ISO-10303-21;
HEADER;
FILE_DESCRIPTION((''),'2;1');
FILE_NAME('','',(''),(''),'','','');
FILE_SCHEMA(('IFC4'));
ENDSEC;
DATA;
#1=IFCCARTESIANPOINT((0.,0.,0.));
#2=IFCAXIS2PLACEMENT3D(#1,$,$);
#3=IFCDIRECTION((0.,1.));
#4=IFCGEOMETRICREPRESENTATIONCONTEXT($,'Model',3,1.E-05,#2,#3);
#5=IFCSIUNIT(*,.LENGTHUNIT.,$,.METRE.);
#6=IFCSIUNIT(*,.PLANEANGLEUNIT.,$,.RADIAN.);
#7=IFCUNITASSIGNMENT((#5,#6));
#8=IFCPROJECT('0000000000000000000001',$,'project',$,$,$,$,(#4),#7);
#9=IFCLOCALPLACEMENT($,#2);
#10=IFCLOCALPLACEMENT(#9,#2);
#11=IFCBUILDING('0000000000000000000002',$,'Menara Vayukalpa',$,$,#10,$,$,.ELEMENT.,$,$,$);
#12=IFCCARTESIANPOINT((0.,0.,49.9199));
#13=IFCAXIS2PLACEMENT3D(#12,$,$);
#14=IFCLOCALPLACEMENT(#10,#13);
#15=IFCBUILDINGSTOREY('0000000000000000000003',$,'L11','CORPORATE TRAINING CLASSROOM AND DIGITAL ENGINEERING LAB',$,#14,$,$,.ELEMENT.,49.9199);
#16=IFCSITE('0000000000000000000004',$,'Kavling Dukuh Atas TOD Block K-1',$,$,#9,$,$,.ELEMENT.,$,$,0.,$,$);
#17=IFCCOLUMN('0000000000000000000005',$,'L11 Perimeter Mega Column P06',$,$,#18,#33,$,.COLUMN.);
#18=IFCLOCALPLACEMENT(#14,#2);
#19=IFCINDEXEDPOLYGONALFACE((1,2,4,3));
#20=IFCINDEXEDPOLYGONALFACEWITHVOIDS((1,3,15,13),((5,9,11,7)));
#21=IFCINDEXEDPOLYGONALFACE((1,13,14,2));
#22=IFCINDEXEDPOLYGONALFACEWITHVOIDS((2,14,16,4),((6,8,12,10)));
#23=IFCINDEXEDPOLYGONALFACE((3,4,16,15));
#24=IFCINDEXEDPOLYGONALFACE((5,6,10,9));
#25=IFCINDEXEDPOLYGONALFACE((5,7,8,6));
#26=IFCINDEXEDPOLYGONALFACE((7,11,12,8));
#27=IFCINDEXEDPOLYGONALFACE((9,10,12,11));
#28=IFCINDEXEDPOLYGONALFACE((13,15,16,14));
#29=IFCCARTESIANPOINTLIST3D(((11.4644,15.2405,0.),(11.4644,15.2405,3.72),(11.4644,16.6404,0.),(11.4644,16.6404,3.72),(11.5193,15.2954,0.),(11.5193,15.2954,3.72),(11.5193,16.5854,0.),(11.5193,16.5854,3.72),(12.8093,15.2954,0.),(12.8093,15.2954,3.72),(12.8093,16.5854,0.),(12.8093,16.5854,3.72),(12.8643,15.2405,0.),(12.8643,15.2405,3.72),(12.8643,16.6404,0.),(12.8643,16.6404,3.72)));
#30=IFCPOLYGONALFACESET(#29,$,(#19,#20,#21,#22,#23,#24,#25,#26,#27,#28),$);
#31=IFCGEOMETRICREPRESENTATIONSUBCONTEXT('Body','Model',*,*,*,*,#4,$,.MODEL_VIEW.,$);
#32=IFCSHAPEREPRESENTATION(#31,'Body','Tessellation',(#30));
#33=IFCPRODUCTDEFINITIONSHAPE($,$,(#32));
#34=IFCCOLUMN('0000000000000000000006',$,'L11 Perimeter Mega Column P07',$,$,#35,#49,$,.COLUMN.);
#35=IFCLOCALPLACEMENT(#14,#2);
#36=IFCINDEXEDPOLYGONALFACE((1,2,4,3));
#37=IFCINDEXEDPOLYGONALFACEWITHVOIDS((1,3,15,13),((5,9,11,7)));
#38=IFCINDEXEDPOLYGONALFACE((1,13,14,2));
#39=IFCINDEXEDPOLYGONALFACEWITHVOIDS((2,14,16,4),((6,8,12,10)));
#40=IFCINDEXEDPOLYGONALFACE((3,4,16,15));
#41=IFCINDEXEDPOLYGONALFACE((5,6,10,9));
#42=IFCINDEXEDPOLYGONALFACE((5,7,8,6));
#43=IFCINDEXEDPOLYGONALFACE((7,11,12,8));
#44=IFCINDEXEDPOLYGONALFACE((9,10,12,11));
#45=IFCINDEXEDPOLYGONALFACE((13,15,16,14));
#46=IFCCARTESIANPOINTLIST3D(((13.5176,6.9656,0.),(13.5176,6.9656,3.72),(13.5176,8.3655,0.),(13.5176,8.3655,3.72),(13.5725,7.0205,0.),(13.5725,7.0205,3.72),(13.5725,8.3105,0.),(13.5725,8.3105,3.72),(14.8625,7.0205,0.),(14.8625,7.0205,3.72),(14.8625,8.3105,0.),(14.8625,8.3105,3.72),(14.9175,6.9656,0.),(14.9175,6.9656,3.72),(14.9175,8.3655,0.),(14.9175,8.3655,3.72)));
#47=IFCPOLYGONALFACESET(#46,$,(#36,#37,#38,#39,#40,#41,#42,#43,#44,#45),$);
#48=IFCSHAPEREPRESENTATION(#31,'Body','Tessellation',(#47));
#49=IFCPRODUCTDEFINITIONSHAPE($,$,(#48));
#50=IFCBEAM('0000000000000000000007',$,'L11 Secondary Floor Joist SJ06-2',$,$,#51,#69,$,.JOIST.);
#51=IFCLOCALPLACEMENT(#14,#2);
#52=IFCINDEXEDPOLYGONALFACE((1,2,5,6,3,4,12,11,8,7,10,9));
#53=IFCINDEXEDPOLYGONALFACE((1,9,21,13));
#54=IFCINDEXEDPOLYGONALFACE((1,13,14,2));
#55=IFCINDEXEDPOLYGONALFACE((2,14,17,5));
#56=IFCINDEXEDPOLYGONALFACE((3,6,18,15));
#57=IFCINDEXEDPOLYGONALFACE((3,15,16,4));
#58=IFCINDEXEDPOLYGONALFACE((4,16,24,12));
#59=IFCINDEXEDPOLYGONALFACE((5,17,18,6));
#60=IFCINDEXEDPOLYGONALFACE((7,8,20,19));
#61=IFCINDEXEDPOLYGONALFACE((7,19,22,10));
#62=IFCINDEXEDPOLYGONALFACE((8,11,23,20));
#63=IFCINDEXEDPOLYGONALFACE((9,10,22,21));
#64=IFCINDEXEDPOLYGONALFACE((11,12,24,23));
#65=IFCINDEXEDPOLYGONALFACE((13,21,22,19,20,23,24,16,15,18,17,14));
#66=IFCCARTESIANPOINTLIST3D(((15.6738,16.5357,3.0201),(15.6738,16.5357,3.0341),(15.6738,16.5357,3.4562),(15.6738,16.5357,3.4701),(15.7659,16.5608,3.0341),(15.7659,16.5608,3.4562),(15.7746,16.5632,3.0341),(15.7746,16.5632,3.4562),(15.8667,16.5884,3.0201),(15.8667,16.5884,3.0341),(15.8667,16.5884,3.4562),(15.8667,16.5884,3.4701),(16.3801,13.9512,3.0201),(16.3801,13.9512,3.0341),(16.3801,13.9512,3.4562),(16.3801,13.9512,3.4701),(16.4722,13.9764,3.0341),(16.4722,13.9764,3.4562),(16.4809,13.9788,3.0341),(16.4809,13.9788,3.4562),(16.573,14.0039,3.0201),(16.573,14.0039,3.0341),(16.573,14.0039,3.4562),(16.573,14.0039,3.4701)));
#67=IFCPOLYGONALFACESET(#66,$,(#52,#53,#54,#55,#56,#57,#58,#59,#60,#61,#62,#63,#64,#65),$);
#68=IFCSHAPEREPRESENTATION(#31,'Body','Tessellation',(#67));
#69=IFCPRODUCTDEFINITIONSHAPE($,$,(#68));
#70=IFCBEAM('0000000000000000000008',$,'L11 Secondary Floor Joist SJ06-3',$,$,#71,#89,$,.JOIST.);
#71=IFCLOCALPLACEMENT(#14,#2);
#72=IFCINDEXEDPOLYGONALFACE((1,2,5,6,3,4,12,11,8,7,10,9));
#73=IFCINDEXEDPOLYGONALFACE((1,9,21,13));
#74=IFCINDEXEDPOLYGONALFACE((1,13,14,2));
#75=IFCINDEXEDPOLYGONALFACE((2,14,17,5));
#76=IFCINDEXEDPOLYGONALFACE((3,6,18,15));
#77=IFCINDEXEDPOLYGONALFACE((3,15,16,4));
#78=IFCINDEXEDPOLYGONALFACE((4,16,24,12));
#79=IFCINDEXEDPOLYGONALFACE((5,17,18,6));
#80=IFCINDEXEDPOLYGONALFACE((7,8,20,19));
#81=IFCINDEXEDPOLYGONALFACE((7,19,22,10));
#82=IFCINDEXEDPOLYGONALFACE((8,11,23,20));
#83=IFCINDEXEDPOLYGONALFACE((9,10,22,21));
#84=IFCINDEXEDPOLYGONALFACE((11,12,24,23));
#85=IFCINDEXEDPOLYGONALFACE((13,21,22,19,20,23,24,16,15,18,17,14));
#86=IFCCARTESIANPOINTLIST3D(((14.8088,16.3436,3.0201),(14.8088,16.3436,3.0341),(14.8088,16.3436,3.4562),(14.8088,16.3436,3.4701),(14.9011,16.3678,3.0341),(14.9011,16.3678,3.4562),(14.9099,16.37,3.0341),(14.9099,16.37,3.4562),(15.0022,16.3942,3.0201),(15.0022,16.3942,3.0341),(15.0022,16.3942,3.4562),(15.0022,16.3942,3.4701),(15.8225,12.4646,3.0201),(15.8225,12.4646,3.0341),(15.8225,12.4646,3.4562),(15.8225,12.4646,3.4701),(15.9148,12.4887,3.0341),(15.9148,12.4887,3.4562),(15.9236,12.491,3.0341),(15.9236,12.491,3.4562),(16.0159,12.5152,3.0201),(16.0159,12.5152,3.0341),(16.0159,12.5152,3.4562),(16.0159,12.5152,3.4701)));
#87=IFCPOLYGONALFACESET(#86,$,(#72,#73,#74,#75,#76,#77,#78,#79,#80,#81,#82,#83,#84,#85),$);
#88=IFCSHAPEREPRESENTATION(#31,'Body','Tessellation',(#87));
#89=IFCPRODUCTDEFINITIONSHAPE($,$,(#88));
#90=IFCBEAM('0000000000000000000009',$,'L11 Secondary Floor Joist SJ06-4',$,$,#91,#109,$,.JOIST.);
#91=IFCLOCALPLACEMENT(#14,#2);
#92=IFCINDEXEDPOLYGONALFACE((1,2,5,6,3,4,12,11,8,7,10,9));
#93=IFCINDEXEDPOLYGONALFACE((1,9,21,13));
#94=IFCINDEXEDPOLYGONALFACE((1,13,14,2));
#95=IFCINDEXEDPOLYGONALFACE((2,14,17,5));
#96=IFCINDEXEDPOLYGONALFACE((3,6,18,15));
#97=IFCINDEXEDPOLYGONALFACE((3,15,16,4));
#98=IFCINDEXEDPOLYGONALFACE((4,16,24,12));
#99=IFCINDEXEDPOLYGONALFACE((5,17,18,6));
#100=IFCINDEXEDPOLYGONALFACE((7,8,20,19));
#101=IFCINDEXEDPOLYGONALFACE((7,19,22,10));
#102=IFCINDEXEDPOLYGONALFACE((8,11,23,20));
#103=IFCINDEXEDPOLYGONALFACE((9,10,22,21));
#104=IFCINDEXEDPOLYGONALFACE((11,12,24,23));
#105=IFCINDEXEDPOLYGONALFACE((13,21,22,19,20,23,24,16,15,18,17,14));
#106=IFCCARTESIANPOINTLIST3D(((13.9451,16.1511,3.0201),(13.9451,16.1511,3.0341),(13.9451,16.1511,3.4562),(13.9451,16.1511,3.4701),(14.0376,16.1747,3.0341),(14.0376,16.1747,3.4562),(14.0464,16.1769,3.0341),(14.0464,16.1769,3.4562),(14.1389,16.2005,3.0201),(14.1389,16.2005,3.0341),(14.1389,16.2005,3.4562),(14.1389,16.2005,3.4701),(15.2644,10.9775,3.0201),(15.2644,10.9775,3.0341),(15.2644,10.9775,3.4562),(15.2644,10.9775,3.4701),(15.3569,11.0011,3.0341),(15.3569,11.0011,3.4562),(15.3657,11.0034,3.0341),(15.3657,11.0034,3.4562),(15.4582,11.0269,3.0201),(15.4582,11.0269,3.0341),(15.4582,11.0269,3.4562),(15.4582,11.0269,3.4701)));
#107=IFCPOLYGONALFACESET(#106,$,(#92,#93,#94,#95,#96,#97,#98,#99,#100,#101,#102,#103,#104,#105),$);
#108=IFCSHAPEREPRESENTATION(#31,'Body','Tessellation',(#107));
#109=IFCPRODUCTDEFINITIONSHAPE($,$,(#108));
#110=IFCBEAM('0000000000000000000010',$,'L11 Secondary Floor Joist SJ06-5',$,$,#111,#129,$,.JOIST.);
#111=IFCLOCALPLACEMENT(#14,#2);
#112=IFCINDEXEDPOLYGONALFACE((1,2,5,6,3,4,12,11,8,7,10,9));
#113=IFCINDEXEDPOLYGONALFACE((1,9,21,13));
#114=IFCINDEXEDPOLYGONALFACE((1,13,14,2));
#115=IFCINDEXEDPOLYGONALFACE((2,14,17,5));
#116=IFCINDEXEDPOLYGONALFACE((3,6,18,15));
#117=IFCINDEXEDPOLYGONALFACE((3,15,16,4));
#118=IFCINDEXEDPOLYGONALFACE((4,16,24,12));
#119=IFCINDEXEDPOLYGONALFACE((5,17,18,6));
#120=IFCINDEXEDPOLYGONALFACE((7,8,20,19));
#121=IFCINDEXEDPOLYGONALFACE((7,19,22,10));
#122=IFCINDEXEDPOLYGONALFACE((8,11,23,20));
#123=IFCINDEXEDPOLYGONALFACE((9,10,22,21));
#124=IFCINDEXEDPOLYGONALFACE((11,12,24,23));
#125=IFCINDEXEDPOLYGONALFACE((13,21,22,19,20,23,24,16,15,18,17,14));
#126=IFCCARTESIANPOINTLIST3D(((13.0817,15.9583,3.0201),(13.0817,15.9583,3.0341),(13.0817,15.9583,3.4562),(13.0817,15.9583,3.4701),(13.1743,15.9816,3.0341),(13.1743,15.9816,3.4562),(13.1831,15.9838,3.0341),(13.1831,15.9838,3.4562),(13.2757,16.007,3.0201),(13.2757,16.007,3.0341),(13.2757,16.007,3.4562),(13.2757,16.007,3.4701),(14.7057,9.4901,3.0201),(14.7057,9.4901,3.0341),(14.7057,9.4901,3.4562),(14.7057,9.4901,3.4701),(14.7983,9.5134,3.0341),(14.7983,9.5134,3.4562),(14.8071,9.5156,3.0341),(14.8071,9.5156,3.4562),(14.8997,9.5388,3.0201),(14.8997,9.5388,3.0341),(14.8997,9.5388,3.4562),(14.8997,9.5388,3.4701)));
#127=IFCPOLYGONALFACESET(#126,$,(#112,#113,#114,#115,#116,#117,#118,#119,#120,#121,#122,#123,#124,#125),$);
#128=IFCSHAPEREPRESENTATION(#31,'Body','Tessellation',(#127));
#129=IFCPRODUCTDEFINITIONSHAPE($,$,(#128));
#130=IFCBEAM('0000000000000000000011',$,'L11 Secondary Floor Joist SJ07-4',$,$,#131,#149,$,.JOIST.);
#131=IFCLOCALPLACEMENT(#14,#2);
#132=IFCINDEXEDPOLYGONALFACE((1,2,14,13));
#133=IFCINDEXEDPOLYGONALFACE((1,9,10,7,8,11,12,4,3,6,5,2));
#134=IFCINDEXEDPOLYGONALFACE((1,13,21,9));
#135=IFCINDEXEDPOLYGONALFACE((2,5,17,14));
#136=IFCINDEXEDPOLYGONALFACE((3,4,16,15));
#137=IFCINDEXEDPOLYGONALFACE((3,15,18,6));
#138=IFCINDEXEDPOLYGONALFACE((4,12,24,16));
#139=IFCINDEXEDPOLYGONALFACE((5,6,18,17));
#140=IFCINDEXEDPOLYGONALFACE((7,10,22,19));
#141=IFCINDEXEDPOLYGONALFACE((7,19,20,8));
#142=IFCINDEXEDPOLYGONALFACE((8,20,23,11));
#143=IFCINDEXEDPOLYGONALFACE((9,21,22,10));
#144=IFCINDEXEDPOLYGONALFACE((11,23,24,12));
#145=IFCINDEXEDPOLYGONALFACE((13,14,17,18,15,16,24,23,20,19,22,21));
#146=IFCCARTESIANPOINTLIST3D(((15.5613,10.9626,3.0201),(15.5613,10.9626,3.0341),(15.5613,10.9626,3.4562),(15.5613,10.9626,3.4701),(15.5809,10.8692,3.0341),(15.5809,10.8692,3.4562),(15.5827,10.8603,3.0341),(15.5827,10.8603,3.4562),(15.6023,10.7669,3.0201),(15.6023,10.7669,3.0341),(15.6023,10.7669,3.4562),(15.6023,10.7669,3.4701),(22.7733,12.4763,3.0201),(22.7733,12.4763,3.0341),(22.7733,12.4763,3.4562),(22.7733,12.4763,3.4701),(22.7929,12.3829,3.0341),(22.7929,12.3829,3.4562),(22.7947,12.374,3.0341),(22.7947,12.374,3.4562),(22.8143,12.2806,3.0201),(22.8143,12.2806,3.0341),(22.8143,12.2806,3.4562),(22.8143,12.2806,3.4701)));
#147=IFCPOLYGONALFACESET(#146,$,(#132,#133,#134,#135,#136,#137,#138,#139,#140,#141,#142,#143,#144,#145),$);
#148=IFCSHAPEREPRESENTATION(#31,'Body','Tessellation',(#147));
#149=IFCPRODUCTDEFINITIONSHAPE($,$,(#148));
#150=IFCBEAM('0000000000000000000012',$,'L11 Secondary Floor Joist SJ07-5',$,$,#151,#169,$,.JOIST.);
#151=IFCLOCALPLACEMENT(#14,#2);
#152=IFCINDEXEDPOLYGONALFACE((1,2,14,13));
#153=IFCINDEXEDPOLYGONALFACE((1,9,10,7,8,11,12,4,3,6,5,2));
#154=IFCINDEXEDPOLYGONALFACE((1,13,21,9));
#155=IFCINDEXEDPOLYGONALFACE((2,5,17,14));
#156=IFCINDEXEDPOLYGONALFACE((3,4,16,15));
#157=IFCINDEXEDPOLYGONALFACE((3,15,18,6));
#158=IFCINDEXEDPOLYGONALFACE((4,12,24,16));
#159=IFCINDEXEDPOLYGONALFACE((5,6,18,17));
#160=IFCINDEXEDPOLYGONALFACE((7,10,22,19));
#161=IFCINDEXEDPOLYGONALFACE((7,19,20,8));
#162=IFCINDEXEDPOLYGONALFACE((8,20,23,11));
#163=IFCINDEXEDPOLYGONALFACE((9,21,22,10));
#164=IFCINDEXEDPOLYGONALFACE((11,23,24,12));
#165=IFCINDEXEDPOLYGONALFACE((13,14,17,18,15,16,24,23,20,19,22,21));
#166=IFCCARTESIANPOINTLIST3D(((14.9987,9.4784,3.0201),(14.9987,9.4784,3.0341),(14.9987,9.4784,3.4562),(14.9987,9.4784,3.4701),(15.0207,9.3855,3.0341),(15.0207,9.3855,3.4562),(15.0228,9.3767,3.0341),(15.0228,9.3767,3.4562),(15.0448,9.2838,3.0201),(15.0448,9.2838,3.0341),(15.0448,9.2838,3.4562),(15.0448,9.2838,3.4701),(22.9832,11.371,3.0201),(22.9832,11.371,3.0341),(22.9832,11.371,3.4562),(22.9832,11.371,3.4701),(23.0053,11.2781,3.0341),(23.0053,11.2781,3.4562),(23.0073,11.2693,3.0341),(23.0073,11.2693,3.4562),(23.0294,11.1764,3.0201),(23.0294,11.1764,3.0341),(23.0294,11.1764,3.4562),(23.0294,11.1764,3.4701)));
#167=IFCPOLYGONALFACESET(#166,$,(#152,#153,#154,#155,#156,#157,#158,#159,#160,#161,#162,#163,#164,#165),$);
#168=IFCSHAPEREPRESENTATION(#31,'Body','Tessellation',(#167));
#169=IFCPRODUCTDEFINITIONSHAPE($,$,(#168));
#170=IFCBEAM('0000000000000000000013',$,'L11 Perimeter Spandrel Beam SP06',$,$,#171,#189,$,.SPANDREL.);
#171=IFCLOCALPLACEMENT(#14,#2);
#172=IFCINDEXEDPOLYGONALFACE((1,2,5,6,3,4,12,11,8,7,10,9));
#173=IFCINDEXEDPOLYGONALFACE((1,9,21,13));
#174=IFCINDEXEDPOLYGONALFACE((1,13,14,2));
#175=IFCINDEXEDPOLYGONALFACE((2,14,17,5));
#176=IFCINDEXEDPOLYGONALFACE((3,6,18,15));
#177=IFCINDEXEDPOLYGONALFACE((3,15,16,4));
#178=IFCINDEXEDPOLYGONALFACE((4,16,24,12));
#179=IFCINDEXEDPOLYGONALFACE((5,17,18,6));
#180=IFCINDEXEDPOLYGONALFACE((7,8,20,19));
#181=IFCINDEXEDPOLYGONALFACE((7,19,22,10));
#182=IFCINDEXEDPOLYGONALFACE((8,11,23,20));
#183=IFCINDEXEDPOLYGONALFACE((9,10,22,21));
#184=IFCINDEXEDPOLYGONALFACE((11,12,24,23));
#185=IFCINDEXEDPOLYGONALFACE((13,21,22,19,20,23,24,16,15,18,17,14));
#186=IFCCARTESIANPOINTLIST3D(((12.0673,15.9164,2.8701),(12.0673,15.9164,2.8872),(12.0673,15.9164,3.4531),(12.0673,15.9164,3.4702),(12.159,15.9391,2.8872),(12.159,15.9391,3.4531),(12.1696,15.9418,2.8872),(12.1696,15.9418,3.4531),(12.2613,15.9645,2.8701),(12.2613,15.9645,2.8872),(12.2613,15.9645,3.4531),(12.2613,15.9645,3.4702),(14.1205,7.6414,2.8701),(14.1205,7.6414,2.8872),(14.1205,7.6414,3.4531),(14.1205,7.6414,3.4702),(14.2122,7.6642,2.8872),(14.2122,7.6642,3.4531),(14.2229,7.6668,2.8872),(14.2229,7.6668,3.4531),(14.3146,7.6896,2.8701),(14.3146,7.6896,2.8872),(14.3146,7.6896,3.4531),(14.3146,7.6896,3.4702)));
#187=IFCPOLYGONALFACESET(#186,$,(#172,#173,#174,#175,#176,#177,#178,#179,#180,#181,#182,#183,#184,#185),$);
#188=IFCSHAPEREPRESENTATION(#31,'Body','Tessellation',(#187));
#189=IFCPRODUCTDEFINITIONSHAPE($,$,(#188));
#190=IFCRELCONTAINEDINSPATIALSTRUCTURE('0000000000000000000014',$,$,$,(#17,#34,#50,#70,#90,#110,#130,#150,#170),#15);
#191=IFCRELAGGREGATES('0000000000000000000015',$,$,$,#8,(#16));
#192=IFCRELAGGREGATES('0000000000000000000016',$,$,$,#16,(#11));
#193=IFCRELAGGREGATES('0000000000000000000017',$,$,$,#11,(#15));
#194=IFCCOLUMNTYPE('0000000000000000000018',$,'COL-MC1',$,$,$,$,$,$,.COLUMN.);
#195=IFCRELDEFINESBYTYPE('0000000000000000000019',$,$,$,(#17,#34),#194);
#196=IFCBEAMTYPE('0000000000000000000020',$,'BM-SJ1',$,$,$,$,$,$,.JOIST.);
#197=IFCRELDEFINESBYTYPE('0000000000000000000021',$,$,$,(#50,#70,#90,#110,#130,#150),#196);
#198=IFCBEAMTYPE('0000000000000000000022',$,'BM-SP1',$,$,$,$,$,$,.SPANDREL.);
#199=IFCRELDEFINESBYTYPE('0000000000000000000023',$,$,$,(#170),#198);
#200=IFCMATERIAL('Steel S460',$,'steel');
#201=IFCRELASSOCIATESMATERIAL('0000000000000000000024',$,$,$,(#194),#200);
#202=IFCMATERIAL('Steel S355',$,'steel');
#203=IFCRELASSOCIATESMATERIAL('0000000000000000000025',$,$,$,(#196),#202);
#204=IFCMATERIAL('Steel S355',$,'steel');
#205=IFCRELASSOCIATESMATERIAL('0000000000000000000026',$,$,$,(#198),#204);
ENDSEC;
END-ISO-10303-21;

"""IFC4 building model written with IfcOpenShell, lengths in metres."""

from ifc_helpers import new_model, si_unit, direction, frame, origin, origin_2d, place, context, subcontext, project, spatial, hollow_rectangle, i_section, extrude, material, material_profile, profile_set, type_object, element, save


model = new_model("IFC4")

# Units and contexts
model_context = context("Model", 3, precision=1e-05, world=origin(), true_north=direction((0.0, 1.0)))
body_context = subcontext(model_context, "Body", "Model", "MODEL_VIEW")
ifc_project = project(units=[si_unit("LENGTHUNIT", "METRE"), si_unit("PLANEANGLEUNIT", "RADIAN")], contexts=[model_context])

# Site, building, storey
site_placement = place(None, origin())
site = spatial("IfcSite", under=ifc_project, at=site_placement, Name="Kavling Dukuh Atas TOD Block K-1", CompositionType="ELEMENT", RefElevation=0.0)
building_placement = place(site_placement, origin())
building = spatial("IfcBuilding", under=site, at=building_placement, Name="Menara Vayukalpa", CompositionType="ELEMENT")
storey_placement = place(building_placement, frame((0.0, 0.0, 49.9199)))
storey = spatial("IfcBuildingStorey", under=building, at=storey_placement, Name="L11", Description="CORPORATE TRAINING CLASSROOM AND DIGITAL ENGINEERING LAB", CompositionType="ELEMENT", Elevation=49.9199)

# Columns
ifc_material_1 = material(Name="Steel S460", Category="steel")
ifc_material_profile_1 = material_profile(ifc_material_1, hollow_rectangle(XDim=1.3999, YDim=1.3999, WallThickness=0.0549, at=origin_2d()), Name="BOX 1400x1400x55")
ifc_profile_set_1 = profile_set([ifc_material_profile_1], Name="Steel S460")
column_type = type_object("IfcColumnType", Name="COL-MC1", PredefinedType="COLUMN", material=ifc_profile_set_1)
for number, where, z_axis, x_axis, name in (
    (1, (12.1643, 15.9404, 0.0), (0.0, 0.0, 1.0), (1.0, 0.0, 0.0), "L11 Perimeter Mega Column P06"),
    (2, (14.2175, 7.6655, 0.0), (0.0, 0.0, 1.0), (1.0, 0.0, 0.0), "L11 Perimeter Mega Column P07"),
):
    element("IfcColumn", number, at=place(storey_placement, frame(where, z_axis=z_axis, x_axis=x_axis)), inside=storey, type_object=column_type, Name=name, PredefinedType="COLUMN", context=body_context, shape_type="SweptSolid", body=[
        extrude(hollow_rectangle(XDim=1.3999, YDim=1.3999, WallThickness=0.0549, at=origin_2d()), origin(), (0.0, 0.0, 1.0), 3.72),
    ])

# Beams
ifc_material_2 = material(Name="Steel S355", Category="steel")
ifc_material_profile_2 = material_profile(ifc_material_2, i_section(OverallWidth=0.2, OverallDepth=0.45, WebThickness=0.009, FlangeThickness=0.0139, at=origin_2d()), Name="WF 450x200x9x14")
ifc_profile_set_2 = profile_set([ifc_material_profile_2], Name="Steel S355")
beam_type_1 = type_object("IfcBeamType", Name="BM-SJ1", PredefinedType="JOIST", material=ifc_profile_set_2)
beam_1_placement = place(storey_placement, frame((15.7703, 16.562, 3.2451), z_axis=(0.263619, -0.964627, 0.0), x_axis=(0.964627, 0.263619, 0.0)))
element("IfcBeam", 3, at=beam_1_placement, inside=storey, type_object=beam_type_1, Name="L11 Secondary Floor Joist SJ06-2", PredefinedType="JOIST", context=body_context, shape_type="SweptSolid", body=[
    extrude(i_section(OverallWidth=0.2, OverallDepth=0.45, WebThickness=0.009, FlangeThickness=0.0139, at=origin_2d()), origin(), (0.0, 0.0, 1.0), 2.6792),
])
beam_2_placement = place(storey_placement, frame((14.9055, 16.3689, 3.2451), z_axis=(0.252838, -0.967509, 0.0), x_axis=(0.967509, 0.252838, 0.0)))
element("IfcBeam", 4, at=beam_2_placement, inside=storey, type_object=beam_type_1, Name="L11 Secondary Floor Joist SJ06-3", PredefinedType="JOIST", context=body_context, shape_type="SweptSolid", body=[
    extrude(i_section(OverallWidth=0.2, OverallDepth=0.45, WebThickness=0.009, FlangeThickness=0.0139, at=origin_2d()), origin(), (0.0, 0.0, 1.0), 4.0093),
])
beam_3_placement = place(storey_placement, frame((14.042, 16.1758, 3.2451), z_axis=(0.247106, -0.968989, 0.0), x_axis=(0.968989, 0.247106, 0.0)))
element("IfcBeam", 5, at=beam_3_placement, inside=storey, type_object=beam_type_1, Name="L11 Secondary Floor Joist SJ06-4", PredefinedType="JOIST", context=body_context, shape_type="SweptSolid", body=[
    extrude(i_section(OverallWidth=0.2, OverallDepth=0.45, WebThickness=0.009, FlangeThickness=0.0139, at=origin_2d()), origin(), (0.0, 0.0, 1.0), 5.3391),
])
beam_4_placement = place(storey_placement, frame((13.1787, 15.9827, 3.2451), z_axis=(0.243517, -0.969897, 0.0), x_axis=(0.969897, 0.243517, 0.0)))
element("IfcBeam", 6, at=beam_4_placement, inside=storey, type_object=beam_type_1, Name="L11 Secondary Floor Joist SJ06-5", PredefinedType="JOIST", context=body_context, shape_type="SweptSolid", body=[
    extrude(i_section(OverallWidth=0.2, OverallDepth=0.45, WebThickness=0.009, FlangeThickness=0.0139, at=origin_2d()), origin(), (0.0, 0.0, 1.0), 6.6689),
])
beam_5_placement = place(storey_placement, frame((15.5818, 10.8647, 3.2451), z_axis=(0.978676, 0.205409, 0.0), x_axis=(-0.205409, 0.978676, 0.0)))
element("IfcBeam", 7, at=beam_5_placement, inside=storey, type_object=beam_type_1, Name="L11 Secondary Floor Joist SJ07-4", PredefinedType="JOIST", context=body_context, shape_type="SweptSolid", body=[
    extrude(i_section(OverallWidth=0.2, OverallDepth=0.45, WebThickness=0.009, FlangeThickness=0.0139, at=origin_2d()), origin(), (0.0, 0.0, 1.0), 7.3691),
])
beam_6_placement = place(storey_placement, frame((15.0217, 9.3811, 3.2451), z_axis=(0.97304, 0.230638, 0.0), x_axis=(-0.230638, 0.97304, 0.0)))
element("IfcBeam", 8, at=beam_6_placement, inside=storey, type_object=beam_type_1, Name="L11 Secondary Floor Joist SJ07-5", PredefinedType="JOIST", context=body_context, shape_type="SweptSolid", body=[
    extrude(i_section(OverallWidth=0.2, OverallDepth=0.45, WebThickness=0.009, FlangeThickness=0.0139, at=origin_2d()), origin(), (0.0, 0.0, 1.0), 8.2058),
])
ifc_material_3 = material(Name="Steel S355", Category="steel")
ifc_material_profile_3 = material_profile(ifc_material_3, i_section(OverallWidth=0.2, OverallDepth=0.6001, WebThickness=0.011, FlangeThickness=0.0171, at=origin_2d()), Name="WF 600x200x11x17")
ifc_profile_set_3 = profile_set([ifc_material_profile_3], Name="Steel S355")
beam_type_2 = type_object("IfcBeamType", Name="BM-SP1", PredefinedType="SPANDREL", material=ifc_profile_set_3)
beam_7_placement = place(storey_placement, frame((12.1643, 15.9404, 3.1702), z_axis=(0.240824, -0.970569, 0.0), x_axis=(0.970569, 0.240824, 0.0)))
element("IfcBeam", 9, at=beam_7_placement, inside=storey, type_object=beam_type_2, Name="L11 Perimeter Spandrel Beam SP06", PredefinedType="SPANDREL", context=body_context, shape_type="SweptSolid", body=[
    extrude(i_section(OverallWidth=0.2, OverallDepth=0.6001, WebThickness=0.011, FlangeThickness=0.0171, at=origin_2d()), origin(), (0.0, 0.0, 1.0), 8.5259),
])

save(model, "model.ifc")
